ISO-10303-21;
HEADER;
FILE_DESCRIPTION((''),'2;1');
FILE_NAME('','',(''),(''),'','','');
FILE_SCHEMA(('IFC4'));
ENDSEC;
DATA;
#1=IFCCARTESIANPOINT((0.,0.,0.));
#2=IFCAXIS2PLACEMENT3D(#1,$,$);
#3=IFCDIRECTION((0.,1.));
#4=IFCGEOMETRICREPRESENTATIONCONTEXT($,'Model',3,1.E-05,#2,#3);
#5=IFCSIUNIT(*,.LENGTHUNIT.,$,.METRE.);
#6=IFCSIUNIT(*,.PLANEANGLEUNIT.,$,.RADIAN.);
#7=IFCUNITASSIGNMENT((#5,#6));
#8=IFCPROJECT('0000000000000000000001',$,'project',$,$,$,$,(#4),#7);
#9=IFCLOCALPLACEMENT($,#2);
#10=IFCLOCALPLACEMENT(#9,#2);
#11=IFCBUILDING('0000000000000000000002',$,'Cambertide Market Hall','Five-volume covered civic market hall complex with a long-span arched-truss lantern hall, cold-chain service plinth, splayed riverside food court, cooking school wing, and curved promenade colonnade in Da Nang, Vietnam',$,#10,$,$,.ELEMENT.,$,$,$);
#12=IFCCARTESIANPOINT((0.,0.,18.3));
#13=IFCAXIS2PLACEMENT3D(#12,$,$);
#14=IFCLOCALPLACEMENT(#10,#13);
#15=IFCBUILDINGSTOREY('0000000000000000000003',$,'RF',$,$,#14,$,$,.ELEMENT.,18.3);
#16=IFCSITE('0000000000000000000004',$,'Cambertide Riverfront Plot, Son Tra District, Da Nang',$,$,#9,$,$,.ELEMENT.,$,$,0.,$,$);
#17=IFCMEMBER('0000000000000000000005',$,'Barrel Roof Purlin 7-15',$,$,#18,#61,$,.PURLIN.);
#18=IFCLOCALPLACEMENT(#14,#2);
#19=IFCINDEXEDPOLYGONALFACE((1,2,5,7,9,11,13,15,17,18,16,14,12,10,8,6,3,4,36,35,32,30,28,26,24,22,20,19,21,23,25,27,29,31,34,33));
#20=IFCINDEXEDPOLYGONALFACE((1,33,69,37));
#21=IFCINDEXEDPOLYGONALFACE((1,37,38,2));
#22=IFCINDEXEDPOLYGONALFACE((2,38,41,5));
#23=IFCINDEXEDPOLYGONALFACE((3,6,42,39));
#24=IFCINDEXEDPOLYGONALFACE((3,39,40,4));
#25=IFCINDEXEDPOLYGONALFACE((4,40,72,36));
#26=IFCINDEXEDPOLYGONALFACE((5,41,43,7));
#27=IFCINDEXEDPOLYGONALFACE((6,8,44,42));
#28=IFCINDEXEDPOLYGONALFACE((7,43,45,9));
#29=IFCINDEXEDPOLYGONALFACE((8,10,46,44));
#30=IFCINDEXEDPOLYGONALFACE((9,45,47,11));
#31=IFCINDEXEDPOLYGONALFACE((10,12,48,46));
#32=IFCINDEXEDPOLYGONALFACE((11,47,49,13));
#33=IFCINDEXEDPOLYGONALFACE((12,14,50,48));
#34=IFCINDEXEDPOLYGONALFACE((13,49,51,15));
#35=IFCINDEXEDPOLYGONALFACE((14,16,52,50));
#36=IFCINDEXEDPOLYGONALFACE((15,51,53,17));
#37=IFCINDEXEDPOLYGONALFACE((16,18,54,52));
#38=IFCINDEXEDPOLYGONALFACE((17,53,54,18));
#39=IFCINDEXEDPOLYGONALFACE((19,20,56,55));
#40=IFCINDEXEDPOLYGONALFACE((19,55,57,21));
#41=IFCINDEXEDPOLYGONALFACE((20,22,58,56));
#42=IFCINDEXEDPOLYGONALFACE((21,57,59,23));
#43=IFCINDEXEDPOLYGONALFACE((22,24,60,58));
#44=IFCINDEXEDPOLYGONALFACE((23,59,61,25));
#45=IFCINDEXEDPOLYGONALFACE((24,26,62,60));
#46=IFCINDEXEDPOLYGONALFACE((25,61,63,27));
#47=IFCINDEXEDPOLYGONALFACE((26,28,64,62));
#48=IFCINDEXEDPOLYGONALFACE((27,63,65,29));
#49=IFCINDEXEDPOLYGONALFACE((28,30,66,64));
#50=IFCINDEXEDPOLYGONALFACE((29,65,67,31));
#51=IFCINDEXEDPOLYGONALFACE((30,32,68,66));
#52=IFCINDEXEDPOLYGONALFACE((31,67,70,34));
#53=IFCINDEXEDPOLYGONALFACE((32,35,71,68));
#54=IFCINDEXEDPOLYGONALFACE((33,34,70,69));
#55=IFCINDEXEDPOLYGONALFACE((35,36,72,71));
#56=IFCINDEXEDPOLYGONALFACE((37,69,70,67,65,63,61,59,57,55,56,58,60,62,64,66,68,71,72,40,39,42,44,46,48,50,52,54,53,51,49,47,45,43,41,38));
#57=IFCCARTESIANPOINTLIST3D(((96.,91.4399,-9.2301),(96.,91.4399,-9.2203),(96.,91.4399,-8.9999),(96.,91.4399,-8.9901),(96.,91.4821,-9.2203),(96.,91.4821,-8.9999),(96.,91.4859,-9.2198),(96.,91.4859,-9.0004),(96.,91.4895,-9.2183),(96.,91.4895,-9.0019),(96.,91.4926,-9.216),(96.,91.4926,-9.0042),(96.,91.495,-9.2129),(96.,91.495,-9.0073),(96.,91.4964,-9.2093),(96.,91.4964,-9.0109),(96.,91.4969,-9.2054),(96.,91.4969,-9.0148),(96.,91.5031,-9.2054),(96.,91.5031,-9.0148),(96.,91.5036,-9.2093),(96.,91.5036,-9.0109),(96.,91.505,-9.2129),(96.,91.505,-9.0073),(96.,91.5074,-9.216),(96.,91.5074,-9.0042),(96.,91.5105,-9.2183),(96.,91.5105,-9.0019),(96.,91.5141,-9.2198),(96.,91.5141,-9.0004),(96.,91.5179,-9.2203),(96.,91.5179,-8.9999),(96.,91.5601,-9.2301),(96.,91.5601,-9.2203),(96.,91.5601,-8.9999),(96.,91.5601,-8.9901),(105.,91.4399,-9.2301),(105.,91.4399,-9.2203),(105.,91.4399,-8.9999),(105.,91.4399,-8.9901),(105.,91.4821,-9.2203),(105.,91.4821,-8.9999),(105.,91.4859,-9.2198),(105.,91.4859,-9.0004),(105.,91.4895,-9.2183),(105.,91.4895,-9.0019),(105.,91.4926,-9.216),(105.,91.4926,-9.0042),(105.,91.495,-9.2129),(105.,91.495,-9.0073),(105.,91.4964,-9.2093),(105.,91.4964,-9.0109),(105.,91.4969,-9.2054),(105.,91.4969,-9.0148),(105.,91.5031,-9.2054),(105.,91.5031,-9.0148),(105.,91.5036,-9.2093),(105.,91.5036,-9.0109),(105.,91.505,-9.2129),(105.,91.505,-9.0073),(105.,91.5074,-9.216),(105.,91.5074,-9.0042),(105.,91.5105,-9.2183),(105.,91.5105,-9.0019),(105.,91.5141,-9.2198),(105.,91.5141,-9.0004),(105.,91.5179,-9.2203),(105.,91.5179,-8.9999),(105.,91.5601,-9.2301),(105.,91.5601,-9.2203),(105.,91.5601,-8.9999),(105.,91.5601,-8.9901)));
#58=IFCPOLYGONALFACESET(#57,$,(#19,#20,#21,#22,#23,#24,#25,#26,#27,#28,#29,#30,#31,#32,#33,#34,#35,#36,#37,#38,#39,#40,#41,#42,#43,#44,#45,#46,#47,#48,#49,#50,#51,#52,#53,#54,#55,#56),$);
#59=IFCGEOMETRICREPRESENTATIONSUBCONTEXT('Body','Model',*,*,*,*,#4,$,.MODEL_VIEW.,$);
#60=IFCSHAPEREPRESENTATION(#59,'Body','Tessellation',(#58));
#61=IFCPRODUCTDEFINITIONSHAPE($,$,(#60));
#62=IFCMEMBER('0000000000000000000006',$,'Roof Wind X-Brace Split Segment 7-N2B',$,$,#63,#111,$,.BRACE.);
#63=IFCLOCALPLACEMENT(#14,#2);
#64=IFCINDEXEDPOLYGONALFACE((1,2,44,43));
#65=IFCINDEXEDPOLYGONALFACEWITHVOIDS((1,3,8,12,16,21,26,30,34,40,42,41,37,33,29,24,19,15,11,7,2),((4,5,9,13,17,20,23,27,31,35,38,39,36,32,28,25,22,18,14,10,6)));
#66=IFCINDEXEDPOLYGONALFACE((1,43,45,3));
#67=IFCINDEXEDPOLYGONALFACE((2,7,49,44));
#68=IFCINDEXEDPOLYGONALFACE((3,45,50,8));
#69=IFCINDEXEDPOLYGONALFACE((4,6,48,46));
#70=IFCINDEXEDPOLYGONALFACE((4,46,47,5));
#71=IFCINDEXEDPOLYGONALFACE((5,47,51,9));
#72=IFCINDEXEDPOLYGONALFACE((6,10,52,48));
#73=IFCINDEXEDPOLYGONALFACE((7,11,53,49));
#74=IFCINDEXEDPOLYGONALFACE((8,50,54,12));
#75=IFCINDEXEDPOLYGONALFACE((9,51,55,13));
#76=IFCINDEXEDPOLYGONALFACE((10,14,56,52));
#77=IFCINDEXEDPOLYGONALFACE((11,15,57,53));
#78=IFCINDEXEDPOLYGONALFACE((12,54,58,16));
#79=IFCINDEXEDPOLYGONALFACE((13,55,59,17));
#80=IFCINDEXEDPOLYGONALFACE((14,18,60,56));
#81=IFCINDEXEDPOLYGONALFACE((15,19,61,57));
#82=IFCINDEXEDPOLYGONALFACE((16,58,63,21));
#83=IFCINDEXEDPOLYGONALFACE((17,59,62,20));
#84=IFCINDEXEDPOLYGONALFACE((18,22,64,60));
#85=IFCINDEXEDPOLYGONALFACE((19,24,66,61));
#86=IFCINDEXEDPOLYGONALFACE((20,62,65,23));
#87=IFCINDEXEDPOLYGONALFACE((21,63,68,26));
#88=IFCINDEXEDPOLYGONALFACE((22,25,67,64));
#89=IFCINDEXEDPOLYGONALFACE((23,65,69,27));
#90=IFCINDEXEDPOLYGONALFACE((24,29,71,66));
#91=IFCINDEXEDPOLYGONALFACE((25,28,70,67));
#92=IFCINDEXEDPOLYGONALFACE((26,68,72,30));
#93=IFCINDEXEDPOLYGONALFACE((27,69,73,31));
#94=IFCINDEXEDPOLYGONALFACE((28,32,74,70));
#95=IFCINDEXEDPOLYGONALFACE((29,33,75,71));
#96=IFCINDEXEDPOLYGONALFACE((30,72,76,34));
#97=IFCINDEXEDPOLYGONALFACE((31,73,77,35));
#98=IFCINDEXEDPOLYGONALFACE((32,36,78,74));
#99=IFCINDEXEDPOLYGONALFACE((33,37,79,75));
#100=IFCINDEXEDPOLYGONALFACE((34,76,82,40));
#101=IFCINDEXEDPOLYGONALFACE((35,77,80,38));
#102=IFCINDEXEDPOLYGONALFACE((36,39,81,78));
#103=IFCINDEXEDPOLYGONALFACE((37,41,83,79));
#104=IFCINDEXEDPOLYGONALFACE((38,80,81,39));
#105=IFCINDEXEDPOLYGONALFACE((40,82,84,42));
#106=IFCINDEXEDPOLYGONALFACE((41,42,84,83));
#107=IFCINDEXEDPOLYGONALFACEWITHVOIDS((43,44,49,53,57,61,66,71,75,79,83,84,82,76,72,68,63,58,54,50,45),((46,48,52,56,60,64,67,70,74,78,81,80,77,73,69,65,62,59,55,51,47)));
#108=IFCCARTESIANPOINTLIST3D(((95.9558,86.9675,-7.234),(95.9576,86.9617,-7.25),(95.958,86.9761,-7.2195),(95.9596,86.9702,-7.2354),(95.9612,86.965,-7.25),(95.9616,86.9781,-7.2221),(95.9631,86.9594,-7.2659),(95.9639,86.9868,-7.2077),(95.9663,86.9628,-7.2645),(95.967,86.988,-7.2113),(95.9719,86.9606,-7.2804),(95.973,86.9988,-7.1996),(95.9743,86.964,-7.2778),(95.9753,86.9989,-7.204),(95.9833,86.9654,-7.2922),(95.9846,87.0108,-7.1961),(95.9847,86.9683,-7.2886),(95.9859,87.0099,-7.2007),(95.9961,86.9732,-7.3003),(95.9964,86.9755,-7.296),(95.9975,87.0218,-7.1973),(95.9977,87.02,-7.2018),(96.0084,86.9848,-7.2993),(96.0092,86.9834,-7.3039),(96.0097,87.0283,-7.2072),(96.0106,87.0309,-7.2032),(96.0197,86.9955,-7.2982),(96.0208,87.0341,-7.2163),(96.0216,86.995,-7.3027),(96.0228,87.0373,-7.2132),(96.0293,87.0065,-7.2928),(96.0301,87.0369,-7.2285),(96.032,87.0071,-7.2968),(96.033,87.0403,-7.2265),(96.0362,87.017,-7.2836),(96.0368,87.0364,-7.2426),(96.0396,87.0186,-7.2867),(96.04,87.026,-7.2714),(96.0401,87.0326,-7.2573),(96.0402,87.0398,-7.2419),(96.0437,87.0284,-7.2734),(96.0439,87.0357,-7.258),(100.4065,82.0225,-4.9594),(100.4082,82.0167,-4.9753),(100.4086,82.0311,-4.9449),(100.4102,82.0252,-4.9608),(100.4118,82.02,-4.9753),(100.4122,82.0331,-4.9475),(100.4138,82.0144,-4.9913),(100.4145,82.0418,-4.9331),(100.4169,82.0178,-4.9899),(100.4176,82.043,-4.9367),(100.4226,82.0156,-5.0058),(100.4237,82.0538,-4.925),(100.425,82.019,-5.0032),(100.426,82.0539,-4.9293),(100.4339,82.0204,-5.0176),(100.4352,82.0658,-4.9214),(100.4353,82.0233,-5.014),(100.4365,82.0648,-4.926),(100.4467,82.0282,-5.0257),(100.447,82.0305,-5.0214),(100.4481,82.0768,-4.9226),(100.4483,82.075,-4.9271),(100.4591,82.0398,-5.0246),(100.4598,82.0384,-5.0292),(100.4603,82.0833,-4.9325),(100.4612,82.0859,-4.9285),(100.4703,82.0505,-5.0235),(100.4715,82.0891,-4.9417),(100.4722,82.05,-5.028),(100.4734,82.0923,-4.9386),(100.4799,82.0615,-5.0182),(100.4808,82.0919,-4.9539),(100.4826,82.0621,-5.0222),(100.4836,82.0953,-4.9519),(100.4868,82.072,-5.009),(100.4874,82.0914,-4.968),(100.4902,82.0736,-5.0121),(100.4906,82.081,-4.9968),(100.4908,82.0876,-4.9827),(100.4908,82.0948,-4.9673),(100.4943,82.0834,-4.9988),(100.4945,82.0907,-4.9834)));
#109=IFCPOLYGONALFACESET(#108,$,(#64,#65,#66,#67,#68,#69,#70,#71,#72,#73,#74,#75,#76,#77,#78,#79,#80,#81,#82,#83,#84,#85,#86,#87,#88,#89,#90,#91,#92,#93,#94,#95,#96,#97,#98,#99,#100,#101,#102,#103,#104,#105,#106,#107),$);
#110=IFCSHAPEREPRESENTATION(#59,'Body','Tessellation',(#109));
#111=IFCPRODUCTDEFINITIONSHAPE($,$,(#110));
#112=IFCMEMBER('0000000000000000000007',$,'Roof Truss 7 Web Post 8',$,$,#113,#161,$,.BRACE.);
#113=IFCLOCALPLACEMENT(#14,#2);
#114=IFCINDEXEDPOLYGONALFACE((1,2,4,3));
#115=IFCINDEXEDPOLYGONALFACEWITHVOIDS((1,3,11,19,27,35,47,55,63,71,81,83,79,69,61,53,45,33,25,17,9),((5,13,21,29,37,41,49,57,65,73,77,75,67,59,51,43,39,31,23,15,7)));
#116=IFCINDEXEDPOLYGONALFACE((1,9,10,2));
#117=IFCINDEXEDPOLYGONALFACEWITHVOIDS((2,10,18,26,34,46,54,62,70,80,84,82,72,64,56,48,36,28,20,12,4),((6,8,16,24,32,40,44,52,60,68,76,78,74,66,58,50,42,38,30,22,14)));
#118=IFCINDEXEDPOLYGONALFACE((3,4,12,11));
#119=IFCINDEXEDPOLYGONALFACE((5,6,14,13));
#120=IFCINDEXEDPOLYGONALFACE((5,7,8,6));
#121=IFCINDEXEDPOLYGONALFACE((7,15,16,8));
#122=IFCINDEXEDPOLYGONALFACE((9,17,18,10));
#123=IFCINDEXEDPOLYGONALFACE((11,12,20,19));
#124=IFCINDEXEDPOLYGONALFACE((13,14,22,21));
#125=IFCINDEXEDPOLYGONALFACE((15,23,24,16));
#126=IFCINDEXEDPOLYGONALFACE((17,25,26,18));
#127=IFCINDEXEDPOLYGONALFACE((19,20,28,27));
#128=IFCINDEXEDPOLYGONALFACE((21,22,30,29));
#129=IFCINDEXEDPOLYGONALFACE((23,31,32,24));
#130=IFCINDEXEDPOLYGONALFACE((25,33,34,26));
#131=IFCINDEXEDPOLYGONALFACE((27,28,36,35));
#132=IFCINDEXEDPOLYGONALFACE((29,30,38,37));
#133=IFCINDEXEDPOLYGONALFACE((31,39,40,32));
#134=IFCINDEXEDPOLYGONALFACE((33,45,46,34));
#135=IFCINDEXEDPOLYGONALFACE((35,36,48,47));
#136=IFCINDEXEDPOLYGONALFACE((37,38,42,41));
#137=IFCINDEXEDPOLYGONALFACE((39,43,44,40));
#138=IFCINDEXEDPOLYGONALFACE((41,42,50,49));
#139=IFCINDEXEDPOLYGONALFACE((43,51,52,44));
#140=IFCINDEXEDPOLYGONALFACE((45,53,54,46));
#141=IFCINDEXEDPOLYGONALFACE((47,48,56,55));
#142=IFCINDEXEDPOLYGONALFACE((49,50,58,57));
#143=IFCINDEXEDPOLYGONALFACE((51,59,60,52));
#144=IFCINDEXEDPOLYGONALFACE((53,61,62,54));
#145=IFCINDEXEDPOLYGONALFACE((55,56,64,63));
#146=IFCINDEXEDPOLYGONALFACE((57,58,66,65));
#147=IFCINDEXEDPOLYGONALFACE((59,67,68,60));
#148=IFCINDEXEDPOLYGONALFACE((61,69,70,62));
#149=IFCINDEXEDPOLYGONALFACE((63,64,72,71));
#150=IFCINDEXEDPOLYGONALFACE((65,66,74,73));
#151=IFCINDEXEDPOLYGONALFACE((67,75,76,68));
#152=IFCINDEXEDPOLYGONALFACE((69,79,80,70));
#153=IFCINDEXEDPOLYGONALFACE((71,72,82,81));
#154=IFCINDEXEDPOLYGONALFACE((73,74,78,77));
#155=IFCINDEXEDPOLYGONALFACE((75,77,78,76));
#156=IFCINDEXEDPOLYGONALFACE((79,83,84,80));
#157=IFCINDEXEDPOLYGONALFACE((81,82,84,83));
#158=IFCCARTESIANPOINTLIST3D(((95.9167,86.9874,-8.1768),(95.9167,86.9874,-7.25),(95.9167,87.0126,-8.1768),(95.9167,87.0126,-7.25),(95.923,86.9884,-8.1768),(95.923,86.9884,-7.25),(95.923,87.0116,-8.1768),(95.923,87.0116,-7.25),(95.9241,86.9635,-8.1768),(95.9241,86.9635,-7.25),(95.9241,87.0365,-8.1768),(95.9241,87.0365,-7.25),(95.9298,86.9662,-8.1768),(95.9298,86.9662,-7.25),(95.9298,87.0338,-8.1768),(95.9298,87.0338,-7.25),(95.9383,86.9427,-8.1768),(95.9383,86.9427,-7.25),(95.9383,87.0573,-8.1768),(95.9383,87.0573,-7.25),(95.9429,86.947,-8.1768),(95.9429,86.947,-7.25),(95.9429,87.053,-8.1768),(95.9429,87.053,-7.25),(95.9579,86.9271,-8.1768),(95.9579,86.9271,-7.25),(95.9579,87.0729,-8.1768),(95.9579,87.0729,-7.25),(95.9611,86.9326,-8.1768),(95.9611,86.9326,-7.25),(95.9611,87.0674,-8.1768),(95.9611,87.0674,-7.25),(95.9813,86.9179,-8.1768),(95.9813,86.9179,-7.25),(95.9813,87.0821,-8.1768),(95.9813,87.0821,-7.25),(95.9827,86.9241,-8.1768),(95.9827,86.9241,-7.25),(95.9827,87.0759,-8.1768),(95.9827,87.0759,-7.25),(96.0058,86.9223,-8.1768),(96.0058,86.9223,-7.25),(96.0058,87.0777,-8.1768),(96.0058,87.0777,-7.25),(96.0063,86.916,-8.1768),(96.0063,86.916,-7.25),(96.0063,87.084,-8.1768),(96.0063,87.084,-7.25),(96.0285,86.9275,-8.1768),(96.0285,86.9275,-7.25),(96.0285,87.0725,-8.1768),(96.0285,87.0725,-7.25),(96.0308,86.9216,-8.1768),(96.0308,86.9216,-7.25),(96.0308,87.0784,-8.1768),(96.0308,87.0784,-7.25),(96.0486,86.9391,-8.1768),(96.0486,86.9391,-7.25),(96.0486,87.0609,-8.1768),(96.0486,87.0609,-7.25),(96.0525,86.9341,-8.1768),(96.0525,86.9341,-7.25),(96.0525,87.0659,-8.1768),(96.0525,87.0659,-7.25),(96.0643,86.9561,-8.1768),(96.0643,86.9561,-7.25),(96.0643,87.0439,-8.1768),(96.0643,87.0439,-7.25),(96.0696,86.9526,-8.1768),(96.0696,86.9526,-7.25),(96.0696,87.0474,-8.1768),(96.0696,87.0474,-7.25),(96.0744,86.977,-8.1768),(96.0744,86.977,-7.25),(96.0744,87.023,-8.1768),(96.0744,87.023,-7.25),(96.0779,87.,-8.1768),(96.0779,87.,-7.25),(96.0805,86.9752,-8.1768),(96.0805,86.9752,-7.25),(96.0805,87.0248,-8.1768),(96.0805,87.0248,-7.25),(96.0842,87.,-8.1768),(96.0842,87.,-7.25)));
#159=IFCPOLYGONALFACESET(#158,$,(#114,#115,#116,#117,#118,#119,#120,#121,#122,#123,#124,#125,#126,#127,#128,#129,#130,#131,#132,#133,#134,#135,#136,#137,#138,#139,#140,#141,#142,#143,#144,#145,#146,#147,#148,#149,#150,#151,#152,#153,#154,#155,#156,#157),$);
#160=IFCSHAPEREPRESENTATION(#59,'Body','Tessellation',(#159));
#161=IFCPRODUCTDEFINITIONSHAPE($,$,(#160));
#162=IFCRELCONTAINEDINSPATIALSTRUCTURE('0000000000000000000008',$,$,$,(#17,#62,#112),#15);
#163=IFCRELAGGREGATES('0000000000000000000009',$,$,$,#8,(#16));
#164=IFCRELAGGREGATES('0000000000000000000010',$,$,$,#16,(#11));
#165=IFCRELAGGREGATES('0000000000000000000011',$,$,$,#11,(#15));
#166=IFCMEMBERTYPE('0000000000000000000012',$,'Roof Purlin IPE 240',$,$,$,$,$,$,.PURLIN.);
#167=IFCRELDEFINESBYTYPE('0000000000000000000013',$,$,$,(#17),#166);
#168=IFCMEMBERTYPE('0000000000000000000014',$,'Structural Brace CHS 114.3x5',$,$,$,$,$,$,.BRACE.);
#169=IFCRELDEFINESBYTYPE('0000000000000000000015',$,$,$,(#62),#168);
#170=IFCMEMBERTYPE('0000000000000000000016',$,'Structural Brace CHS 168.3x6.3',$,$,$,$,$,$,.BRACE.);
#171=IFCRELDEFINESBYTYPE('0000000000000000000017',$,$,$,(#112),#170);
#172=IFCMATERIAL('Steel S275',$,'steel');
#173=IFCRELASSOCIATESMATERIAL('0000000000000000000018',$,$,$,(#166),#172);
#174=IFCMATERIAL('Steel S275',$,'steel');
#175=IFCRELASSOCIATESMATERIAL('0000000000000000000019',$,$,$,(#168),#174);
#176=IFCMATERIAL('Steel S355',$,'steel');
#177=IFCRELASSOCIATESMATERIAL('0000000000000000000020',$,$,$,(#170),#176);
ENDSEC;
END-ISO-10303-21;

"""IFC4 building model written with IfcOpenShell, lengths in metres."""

from ifc_helpers import new_model, si_unit, direction, frame, origin, origin_2d, place, context, subcontext, project, spatial, hollow_circle, i_section, extrude, material, material_profile, profile_set, type_object, element, save


model = new_model("IFC4")

# Units and contexts
model_context = context("Model", 3, precision=1e-05, world=origin(), true_north=direction((0.0, 1.0)))
body_context = subcontext(model_context, "Body", "Model", "MODEL_VIEW")
ifc_project = project(units=[si_unit("LENGTHUNIT", "METRE"), si_unit("PLANEANGLEUNIT", "RADIAN")], contexts=[model_context])

# Site, building, storey
site_placement = place(None, origin())
site = spatial("IfcSite", under=ifc_project, at=site_placement, Name="Cambertide Riverfront Plot, Son Tra District, Da Nang", CompositionType="ELEMENT", RefElevation=0.0)
building_placement = place(site_placement, origin())
building = spatial("IfcBuilding", under=site, at=building_placement, Name="Cambertide Market Hall", Description="Five-volume covered civic market hall complex with a long-span arched-truss lantern hall, cold-chain service plinth, splayed riverside food court, cooking school wing, and curved promenade colonnade in Da Nang, Vietnam", CompositionType="ELEMENT")
storey_placement = place(building_placement, frame((0.0, 0.0, 18.3)))
storey = spatial("IfcBuildingStorey", under=building, at=storey_placement, Name="RF", CompositionType="ELEMENT", Elevation=18.3)

# Members
ifc_material_1 = material(Name="Steel S275", Category="steel")
ifc_material_profile_1 = material_profile(ifc_material_1, i_section(OverallWidth=0.1201, OverallDepth=0.24, WebThickness=0.0061, FlangeThickness=0.0098, FilletRadius=0.0149, at=origin_2d()), Name="IPE 240")
ifc_profile_set_1 = profile_set([ifc_material_profile_1], Name="Steel S275")
member_type_1 = type_object("IfcMemberType", Name="Roof Purlin IPE 240", PredefinedType="PURLIN", material=ifc_profile_set_1)
for number, where, z_axis, x_axis, name in (
    (1, (96.0, 91.5, -9.1101), (1.0, 0.0, 0.0), (0.0, 1.0, 0.0), "Barrel Roof Purlin 7-15"),
):
    element("IfcMember", number, at=place(storey_placement, frame(where, z_axis=z_axis, x_axis=x_axis)), inside=storey, type_object=member_type_1, Name=name, PredefinedType="PURLIN", context=body_context, shape_type="SweptSolid", body=[
        extrude(i_section(OverallWidth=0.1201, OverallDepth=0.24, WebThickness=0.0061, FlangeThickness=0.0098, FilletRadius=0.0149, at=origin_2d()), origin(), (0.0, 0.0, 1.0), 9.0),
    ])
ifc_material_2 = material(Name="Steel S275", Category="steel")
ifc_material_profile_2 = material_profile(ifc_material_2, hollow_circle(Radius=0.0571, WallThickness=0.0049, at=origin_2d()), Name="CHS 114.3x5")
ifc_profile_set_2 = profile_set([ifc_material_profile_2], Name="Steel S275")
member_type_2 = type_object("IfcMemberType", Name="Structural Brace CHS 114.3x5", PredefinedType="BRACE", material=ifc_profile_set_2)
member_1_placement = place(storey_placement, frame((100.4507, 82.0549, -4.9753), z_axis=(-0.633, 0.703314, -0.323514), x_axis=(-0.743285, -0.668975, 0.0)))
element("IfcMember", 2, at=member_1_placement, inside=storey, type_object=member_type_2, Name="Roof Wind X-Brace Split Segment 7-N2B", PredefinedType="BRACE", context=body_context, shape_type="SweptSolid", body=[
    extrude(hollow_circle(Radius=0.0571, WallThickness=0.0049, at=origin_2d()), origin(), (0.0, 0.0, 1.0), 7.031),
])
ifc_material_3 = material(Name="Steel S355", Category="steel")
ifc_material_profile_3 = material_profile(ifc_material_3, hollow_circle(Radius=0.0842, WallThickness=0.0063, at=origin_2d()), Name="CHS 168.3x6.3")
ifc_profile_set_3 = profile_set([ifc_material_profile_3], Name="Steel S355")
member_type_3 = type_object("IfcMemberType", Name="Structural Brace CHS 168.3x6.3", PredefinedType="BRACE", material=ifc_profile_set_3)
for number, where, z_axis, x_axis, name in (
    (3, (96.0, 87.0, -8.1768), (0.0, 0.0, 1.0), (1.0, 0.0, 0.0), "Roof Truss 7 Web Post 8"),
):
    element("IfcMember", number, at=place(storey_placement, frame(where, z_axis=z_axis, x_axis=x_axis)), inside=storey, type_object=member_type_3, Name=name, PredefinedType="BRACE", context=body_context, shape_type="SweptSolid", body=[
        extrude(hollow_circle(Radius=0.0842, WallThickness=0.0063, at=origin_2d()), origin(), (0.0, 0.0, 1.0), 0.9268),
    ])

save(model, "model.ifc")
